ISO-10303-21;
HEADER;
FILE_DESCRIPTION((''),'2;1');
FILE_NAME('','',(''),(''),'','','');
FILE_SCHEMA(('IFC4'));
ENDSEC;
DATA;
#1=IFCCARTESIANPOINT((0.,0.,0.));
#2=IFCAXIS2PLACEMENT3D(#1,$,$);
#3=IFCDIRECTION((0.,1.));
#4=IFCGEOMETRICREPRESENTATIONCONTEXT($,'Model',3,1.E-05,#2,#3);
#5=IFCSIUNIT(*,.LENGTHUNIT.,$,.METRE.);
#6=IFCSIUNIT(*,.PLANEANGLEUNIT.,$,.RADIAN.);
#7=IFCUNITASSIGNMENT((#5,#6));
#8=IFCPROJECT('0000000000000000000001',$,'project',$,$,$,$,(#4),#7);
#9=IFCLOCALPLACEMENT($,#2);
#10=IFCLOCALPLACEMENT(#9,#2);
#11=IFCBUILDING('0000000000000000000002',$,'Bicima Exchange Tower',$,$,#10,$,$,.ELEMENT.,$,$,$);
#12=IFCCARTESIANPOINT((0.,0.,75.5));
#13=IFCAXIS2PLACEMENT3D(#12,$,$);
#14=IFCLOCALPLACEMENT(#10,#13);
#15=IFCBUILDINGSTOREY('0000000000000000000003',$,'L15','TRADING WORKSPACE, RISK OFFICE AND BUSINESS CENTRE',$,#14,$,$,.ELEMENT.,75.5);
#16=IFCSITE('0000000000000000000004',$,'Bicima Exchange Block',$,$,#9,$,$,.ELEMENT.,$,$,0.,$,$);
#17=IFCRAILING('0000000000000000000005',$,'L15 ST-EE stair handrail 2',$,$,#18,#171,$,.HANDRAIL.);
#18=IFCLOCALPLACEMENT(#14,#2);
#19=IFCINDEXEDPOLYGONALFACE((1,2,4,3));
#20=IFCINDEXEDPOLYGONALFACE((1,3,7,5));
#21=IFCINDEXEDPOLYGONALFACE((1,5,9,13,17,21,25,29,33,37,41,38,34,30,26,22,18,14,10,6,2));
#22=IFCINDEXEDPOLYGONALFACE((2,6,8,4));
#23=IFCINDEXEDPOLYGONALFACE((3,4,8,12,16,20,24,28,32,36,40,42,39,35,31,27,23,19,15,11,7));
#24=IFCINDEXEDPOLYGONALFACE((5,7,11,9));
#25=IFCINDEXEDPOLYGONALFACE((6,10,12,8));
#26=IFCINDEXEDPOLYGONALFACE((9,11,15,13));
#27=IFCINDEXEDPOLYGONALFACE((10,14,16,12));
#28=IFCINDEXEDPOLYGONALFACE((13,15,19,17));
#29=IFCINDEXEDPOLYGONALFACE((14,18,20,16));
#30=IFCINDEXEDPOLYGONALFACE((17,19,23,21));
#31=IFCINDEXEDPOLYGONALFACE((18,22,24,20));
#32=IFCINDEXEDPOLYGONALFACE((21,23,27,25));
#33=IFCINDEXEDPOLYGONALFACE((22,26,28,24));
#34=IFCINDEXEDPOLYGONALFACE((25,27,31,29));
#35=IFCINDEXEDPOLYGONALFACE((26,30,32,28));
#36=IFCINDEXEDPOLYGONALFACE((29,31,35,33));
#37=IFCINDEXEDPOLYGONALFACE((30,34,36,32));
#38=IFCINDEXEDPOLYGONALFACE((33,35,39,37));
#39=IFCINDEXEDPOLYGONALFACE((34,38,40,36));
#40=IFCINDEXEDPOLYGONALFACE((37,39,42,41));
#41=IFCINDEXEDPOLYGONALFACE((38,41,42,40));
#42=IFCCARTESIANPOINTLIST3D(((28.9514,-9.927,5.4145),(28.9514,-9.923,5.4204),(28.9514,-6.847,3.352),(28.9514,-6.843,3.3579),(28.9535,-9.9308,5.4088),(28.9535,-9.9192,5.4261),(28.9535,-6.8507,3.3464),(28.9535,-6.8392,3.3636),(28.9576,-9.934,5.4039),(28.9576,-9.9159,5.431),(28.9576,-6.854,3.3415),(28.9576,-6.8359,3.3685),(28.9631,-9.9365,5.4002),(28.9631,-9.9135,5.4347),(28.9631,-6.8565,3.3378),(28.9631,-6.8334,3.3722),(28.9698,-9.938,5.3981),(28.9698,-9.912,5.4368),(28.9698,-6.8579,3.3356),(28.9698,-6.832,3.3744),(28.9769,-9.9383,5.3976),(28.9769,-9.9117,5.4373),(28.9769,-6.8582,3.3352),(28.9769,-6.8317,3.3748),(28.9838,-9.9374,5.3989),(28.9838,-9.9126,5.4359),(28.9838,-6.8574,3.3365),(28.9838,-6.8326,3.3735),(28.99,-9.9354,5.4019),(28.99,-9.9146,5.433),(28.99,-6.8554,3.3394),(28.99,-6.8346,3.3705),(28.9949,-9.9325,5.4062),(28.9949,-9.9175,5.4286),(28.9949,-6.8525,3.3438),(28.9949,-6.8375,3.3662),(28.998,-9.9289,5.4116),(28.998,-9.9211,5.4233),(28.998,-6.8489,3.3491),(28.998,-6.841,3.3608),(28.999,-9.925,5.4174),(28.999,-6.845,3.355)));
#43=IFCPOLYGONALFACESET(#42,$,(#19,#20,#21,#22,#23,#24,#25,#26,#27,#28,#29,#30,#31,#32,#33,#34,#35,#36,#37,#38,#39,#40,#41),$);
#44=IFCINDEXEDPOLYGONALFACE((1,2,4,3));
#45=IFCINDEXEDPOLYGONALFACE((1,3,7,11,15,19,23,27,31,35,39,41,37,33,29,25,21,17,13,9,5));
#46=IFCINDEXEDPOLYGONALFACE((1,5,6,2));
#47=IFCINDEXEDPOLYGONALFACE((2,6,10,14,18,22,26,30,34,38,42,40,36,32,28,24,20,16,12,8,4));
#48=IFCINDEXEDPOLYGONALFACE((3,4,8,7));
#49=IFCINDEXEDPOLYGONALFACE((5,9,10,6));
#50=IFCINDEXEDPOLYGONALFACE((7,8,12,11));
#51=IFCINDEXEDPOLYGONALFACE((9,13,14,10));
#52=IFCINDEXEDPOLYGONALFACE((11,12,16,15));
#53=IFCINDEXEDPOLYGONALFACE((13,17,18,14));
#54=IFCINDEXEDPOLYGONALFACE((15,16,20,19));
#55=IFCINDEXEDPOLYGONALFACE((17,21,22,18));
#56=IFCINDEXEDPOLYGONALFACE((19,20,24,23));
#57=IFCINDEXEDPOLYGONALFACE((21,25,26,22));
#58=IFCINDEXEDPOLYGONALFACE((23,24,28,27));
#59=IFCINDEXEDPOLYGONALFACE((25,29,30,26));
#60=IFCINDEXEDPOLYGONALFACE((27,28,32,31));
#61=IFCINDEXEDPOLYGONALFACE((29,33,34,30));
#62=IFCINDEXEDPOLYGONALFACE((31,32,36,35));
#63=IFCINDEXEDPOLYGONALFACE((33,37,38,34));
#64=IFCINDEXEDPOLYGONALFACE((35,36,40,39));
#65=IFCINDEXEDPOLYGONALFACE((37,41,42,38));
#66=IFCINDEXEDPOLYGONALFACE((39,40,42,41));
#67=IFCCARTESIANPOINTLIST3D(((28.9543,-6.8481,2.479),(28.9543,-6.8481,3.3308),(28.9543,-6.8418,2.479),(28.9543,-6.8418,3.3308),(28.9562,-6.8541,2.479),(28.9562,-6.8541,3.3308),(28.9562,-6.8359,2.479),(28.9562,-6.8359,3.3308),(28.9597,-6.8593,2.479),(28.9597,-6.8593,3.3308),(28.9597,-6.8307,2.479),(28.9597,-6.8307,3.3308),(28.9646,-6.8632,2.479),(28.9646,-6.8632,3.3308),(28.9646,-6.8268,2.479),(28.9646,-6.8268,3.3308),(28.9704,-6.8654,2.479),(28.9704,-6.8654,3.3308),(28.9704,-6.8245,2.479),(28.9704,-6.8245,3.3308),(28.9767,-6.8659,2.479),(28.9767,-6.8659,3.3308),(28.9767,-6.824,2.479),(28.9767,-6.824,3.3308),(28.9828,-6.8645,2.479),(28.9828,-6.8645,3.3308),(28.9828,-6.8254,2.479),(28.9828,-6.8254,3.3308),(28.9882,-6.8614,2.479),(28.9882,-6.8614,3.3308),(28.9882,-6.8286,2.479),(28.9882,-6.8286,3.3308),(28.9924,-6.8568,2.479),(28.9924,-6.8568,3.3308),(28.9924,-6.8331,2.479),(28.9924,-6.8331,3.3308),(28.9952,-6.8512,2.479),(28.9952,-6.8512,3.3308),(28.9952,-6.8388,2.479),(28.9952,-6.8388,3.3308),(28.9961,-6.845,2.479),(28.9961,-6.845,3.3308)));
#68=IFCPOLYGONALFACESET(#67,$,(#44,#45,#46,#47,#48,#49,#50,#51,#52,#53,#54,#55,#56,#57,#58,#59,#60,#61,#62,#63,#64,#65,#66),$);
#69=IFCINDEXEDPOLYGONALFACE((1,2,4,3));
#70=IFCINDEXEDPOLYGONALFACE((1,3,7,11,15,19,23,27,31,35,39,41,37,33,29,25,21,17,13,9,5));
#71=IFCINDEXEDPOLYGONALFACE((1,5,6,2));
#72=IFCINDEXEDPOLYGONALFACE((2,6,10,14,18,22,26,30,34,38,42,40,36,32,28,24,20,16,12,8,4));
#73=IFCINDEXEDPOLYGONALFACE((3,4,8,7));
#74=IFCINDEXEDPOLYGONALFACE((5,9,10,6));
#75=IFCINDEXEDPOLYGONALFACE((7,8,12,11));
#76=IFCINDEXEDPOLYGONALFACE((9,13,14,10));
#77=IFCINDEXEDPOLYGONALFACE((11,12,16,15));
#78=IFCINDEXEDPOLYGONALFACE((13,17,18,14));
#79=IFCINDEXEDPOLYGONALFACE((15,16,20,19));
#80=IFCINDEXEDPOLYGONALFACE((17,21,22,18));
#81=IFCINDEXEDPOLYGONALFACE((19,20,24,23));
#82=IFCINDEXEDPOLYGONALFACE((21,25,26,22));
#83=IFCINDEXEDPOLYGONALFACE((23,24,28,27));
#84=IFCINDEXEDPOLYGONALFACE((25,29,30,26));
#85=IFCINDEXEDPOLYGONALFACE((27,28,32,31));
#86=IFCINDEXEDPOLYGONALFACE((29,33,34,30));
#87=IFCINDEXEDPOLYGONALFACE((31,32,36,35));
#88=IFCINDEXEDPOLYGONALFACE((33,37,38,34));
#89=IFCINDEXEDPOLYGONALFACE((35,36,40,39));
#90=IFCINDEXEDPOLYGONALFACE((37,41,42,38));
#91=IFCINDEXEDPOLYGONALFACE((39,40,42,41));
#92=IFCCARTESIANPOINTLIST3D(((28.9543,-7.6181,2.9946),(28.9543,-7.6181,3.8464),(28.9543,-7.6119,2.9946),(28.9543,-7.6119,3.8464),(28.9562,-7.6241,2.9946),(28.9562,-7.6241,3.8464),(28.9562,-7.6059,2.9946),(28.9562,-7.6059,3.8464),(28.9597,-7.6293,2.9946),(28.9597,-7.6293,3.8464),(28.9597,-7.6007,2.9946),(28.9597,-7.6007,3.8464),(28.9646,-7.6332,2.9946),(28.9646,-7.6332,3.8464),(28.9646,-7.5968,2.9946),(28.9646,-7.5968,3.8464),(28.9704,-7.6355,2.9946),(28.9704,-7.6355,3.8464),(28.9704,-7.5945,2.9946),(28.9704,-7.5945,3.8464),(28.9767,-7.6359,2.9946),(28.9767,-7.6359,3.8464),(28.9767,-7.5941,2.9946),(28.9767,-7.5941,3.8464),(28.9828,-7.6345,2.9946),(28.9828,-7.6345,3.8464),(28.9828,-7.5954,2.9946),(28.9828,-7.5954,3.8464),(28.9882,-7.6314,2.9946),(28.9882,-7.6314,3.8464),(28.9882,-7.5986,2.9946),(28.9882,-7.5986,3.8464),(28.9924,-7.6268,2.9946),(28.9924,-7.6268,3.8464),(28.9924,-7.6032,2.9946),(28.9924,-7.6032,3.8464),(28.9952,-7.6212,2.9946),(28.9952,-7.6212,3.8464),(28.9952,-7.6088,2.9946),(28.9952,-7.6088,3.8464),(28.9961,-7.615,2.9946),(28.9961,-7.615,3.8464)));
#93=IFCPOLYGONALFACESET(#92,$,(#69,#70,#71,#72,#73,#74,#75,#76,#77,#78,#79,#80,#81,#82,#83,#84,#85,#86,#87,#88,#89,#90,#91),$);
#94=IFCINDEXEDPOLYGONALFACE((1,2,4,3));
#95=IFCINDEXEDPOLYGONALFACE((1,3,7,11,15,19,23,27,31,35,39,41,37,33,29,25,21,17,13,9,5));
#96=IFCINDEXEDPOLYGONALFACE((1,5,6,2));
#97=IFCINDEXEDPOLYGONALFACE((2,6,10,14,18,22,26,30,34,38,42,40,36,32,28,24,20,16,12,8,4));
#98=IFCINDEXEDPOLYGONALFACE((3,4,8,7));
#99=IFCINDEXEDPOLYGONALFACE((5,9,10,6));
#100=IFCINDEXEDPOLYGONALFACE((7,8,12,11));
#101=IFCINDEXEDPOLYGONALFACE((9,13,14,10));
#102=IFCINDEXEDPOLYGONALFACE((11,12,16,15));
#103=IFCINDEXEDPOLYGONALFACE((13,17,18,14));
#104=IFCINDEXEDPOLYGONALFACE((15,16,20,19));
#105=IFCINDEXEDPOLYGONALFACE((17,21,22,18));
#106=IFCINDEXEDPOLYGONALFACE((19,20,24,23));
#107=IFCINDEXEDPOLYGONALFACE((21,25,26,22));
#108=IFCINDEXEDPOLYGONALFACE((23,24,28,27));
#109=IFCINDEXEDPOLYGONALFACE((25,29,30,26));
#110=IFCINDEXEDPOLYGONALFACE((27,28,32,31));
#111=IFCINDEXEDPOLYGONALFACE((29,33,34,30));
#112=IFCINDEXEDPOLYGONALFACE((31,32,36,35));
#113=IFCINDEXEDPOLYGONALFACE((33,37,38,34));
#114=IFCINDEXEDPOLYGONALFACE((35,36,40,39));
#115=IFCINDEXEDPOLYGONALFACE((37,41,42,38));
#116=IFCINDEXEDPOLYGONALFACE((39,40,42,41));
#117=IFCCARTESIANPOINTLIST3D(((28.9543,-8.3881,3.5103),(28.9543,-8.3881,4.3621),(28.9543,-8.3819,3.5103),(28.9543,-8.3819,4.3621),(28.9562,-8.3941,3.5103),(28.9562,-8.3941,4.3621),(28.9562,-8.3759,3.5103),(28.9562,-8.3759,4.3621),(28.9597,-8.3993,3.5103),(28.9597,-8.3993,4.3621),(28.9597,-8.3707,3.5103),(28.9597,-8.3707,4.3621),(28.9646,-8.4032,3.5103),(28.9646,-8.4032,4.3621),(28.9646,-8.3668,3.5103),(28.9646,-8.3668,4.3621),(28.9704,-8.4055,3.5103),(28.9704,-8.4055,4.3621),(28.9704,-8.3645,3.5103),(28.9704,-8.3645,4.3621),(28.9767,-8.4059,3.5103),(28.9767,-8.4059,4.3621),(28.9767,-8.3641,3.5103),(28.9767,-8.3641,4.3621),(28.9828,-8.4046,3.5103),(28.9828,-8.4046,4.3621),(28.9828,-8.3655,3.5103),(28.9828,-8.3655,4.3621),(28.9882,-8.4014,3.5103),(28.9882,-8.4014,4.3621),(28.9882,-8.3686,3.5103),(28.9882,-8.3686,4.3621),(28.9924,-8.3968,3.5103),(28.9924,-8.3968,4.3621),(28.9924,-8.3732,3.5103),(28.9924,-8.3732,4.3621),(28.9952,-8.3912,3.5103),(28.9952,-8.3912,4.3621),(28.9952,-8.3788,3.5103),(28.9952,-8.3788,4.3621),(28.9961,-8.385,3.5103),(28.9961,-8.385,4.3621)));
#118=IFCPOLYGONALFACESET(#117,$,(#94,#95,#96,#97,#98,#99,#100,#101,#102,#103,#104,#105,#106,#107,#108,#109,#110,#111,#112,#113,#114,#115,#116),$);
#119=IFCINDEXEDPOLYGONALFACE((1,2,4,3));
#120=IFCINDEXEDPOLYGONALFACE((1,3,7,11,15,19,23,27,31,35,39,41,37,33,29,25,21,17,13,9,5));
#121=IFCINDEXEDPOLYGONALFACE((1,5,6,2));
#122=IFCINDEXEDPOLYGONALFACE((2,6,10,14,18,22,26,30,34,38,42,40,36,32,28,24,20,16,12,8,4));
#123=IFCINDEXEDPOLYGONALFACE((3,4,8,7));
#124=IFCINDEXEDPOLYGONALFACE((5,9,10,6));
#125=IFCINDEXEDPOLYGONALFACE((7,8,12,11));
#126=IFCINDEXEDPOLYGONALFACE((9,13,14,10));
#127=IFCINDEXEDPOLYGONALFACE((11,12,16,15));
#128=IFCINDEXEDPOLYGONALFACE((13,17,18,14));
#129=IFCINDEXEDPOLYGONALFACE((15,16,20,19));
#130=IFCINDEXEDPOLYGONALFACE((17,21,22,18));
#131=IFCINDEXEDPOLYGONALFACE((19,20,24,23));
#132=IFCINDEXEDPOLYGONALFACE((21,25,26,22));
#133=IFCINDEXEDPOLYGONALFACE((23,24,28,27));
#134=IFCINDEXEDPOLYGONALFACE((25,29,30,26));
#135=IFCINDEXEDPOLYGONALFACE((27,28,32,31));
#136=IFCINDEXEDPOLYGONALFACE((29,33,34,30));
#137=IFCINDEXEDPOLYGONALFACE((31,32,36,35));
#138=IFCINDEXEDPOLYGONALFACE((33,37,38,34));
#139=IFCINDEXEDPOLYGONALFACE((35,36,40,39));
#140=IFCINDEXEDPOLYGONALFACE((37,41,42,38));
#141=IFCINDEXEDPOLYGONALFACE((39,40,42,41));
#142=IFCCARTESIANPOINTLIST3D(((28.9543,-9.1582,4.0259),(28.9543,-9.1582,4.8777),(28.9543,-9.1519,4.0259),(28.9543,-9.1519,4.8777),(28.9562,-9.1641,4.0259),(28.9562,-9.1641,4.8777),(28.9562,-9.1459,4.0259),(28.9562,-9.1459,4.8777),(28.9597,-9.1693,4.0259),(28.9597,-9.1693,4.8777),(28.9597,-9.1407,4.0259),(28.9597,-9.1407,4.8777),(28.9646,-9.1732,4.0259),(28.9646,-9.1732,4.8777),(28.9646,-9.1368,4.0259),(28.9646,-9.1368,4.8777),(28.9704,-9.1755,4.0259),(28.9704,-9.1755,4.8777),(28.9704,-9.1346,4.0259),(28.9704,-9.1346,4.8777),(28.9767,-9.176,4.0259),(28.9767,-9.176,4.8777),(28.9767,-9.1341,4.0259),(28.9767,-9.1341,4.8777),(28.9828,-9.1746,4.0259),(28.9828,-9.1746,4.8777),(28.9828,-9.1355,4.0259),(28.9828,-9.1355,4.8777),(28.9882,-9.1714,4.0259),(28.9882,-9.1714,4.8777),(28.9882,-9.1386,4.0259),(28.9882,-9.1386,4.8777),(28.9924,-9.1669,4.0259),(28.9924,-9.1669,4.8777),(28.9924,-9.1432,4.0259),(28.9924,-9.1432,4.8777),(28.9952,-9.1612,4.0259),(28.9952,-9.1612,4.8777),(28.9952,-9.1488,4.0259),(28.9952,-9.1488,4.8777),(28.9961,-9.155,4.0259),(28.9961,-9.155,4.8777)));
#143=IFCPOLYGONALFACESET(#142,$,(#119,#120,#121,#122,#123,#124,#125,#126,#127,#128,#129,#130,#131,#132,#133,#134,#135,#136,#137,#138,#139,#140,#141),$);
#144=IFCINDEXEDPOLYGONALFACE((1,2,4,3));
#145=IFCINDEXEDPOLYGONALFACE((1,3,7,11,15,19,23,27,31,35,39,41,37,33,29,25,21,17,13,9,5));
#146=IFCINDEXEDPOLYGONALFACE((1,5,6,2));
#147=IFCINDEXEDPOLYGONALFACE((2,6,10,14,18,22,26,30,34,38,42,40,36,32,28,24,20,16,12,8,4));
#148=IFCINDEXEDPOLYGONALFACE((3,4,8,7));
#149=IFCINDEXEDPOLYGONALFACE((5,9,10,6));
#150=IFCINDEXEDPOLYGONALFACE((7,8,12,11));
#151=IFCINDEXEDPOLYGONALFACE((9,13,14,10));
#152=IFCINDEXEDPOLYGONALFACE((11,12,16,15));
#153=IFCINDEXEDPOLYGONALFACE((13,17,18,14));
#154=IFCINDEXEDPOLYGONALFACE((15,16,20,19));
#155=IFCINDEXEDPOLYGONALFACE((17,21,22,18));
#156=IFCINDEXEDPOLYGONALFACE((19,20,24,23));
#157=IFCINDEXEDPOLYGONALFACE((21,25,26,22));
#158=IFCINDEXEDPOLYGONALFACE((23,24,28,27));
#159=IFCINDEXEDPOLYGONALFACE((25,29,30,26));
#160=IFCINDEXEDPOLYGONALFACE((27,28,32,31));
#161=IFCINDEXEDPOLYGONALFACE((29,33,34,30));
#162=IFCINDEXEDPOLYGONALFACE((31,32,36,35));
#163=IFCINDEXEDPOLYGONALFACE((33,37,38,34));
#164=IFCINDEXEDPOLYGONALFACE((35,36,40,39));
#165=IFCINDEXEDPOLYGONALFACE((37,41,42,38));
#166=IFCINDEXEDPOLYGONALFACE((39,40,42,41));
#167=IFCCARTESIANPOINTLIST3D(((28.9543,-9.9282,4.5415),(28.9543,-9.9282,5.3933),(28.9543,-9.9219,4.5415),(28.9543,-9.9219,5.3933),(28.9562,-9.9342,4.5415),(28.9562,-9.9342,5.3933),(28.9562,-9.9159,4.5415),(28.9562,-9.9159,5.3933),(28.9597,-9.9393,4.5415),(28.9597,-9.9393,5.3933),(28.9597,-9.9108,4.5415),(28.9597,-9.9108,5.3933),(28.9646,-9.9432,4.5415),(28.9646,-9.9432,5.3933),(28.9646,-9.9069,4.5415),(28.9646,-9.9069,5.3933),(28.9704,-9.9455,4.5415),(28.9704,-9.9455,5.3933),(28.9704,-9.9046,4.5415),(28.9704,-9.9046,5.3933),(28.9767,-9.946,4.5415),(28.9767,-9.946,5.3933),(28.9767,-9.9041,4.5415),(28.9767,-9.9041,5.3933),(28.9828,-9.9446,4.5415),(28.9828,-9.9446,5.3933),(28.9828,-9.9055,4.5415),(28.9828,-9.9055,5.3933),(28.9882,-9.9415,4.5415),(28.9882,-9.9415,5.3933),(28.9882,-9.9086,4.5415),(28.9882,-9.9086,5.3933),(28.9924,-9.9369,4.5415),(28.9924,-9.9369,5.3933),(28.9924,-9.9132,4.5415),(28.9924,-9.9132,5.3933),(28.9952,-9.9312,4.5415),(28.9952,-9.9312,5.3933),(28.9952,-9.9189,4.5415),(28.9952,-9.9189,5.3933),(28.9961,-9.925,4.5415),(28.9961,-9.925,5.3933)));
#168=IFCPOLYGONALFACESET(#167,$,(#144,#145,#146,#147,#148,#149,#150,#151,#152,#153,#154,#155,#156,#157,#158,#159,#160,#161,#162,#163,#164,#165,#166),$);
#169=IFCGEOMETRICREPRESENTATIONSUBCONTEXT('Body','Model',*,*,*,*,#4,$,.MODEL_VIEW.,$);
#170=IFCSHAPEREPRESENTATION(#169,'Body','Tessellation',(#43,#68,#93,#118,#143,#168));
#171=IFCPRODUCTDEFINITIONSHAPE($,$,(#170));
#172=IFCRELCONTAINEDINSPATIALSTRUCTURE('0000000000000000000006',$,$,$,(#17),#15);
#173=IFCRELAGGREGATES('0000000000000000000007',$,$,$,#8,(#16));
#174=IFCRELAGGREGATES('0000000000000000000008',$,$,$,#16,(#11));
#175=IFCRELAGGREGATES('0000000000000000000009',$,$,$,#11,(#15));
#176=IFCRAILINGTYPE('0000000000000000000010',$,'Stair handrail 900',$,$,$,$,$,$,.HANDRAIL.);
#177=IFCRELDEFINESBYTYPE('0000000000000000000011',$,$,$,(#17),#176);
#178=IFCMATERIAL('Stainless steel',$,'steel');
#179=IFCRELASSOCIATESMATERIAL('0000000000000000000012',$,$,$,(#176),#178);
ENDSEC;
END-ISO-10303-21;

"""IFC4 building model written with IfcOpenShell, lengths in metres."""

from ifc_helpers import new_model, si_unit, direction, frame, origin, origin_2d, place, context, subcontext, project, spatial, circle, extrude, material, type_object, element, save


model = new_model("IFC4")

# Units and contexts
model_context = context("Model", 3, precision=1e-05, world=origin(), true_north=direction((0.0, 1.0)))
body_context = subcontext(model_context, "Body", "Model", "MODEL_VIEW")
ifc_project = project(units=[si_unit("LENGTHUNIT", "METRE"), si_unit("PLANEANGLEUNIT", "RADIAN")], contexts=[model_context])

# Site, building, storey
site_placement = place(None, origin())
site = spatial("IfcSite", under=ifc_project, at=site_placement, Name="Bicima Exchange Block", CompositionType="ELEMENT", RefElevation=0.0)
building_placement = place(site_placement, origin())
building = spatial("IfcBuilding", under=site, at=building_placement, Name="Bicima Exchange Tower", CompositionType="ELEMENT")
storey_placement = place(building_placement, frame((0.0, 0.0, 75.5)))
storey = spatial("IfcBuildingStorey", under=building, at=storey_placement, Name="L15", Description="TRADING WORKSPACE, RISK OFFICE AND BUSINESS CENTRE", CompositionType="ELEMENT", Elevation=75.5)

# Railing
ifc_material_1 = material(Name="Stainless steel", Category="steel")
railing_type_1 = type_object("IfcRailingType", Name="Stair handrail 900", PredefinedType="HANDRAIL", material=ifc_material_1)
railing_1_placement = place(storey_placement, frame((28.9751, -6.845, 2.479)))
element("IfcRailing", 1, at=railing_1_placement, inside=storey, type_object=railing_type_1, Name="L15 ST-EE stair handrail 2", PredefinedType="HANDRAIL", context=body_context, shape_type="SweptSolid", body=[
    extrude(circle(Radius=0.0239, at=origin_2d()), frame((0.0, 0.0, 0.876), z_axis=(0.0, -0.830914, 0.556401), x_axis=(1.0, 0.0, 0.0)), (0.0, 0.0, 1.0), 3.7068),
    extrude(circle(Radius=0.021, at=origin_2d()), origin(), (0.0, 0.0, 1.0), 0.8518),
    extrude(circle(Radius=0.021, at=origin_2d()), frame((0.0, -0.77, 0.5156)), (0.0, 0.0, 1.0), 0.8518),
    extrude(circle(Radius=0.021, at=origin_2d()), frame((0.0, -1.54, 1.0312)), (0.0, 0.0, 1.0), 0.8518),
    extrude(circle(Radius=0.021, at=origin_2d()), frame((0.0, -2.3101, 1.5469)), (0.0, 0.0, 1.0), 0.8518),
    extrude(circle(Radius=0.021, at=origin_2d()), frame((0.0, -3.0801, 2.0625)), (0.0, 0.0, 1.0), 0.8518),
])

save(model, "model.ifc")
